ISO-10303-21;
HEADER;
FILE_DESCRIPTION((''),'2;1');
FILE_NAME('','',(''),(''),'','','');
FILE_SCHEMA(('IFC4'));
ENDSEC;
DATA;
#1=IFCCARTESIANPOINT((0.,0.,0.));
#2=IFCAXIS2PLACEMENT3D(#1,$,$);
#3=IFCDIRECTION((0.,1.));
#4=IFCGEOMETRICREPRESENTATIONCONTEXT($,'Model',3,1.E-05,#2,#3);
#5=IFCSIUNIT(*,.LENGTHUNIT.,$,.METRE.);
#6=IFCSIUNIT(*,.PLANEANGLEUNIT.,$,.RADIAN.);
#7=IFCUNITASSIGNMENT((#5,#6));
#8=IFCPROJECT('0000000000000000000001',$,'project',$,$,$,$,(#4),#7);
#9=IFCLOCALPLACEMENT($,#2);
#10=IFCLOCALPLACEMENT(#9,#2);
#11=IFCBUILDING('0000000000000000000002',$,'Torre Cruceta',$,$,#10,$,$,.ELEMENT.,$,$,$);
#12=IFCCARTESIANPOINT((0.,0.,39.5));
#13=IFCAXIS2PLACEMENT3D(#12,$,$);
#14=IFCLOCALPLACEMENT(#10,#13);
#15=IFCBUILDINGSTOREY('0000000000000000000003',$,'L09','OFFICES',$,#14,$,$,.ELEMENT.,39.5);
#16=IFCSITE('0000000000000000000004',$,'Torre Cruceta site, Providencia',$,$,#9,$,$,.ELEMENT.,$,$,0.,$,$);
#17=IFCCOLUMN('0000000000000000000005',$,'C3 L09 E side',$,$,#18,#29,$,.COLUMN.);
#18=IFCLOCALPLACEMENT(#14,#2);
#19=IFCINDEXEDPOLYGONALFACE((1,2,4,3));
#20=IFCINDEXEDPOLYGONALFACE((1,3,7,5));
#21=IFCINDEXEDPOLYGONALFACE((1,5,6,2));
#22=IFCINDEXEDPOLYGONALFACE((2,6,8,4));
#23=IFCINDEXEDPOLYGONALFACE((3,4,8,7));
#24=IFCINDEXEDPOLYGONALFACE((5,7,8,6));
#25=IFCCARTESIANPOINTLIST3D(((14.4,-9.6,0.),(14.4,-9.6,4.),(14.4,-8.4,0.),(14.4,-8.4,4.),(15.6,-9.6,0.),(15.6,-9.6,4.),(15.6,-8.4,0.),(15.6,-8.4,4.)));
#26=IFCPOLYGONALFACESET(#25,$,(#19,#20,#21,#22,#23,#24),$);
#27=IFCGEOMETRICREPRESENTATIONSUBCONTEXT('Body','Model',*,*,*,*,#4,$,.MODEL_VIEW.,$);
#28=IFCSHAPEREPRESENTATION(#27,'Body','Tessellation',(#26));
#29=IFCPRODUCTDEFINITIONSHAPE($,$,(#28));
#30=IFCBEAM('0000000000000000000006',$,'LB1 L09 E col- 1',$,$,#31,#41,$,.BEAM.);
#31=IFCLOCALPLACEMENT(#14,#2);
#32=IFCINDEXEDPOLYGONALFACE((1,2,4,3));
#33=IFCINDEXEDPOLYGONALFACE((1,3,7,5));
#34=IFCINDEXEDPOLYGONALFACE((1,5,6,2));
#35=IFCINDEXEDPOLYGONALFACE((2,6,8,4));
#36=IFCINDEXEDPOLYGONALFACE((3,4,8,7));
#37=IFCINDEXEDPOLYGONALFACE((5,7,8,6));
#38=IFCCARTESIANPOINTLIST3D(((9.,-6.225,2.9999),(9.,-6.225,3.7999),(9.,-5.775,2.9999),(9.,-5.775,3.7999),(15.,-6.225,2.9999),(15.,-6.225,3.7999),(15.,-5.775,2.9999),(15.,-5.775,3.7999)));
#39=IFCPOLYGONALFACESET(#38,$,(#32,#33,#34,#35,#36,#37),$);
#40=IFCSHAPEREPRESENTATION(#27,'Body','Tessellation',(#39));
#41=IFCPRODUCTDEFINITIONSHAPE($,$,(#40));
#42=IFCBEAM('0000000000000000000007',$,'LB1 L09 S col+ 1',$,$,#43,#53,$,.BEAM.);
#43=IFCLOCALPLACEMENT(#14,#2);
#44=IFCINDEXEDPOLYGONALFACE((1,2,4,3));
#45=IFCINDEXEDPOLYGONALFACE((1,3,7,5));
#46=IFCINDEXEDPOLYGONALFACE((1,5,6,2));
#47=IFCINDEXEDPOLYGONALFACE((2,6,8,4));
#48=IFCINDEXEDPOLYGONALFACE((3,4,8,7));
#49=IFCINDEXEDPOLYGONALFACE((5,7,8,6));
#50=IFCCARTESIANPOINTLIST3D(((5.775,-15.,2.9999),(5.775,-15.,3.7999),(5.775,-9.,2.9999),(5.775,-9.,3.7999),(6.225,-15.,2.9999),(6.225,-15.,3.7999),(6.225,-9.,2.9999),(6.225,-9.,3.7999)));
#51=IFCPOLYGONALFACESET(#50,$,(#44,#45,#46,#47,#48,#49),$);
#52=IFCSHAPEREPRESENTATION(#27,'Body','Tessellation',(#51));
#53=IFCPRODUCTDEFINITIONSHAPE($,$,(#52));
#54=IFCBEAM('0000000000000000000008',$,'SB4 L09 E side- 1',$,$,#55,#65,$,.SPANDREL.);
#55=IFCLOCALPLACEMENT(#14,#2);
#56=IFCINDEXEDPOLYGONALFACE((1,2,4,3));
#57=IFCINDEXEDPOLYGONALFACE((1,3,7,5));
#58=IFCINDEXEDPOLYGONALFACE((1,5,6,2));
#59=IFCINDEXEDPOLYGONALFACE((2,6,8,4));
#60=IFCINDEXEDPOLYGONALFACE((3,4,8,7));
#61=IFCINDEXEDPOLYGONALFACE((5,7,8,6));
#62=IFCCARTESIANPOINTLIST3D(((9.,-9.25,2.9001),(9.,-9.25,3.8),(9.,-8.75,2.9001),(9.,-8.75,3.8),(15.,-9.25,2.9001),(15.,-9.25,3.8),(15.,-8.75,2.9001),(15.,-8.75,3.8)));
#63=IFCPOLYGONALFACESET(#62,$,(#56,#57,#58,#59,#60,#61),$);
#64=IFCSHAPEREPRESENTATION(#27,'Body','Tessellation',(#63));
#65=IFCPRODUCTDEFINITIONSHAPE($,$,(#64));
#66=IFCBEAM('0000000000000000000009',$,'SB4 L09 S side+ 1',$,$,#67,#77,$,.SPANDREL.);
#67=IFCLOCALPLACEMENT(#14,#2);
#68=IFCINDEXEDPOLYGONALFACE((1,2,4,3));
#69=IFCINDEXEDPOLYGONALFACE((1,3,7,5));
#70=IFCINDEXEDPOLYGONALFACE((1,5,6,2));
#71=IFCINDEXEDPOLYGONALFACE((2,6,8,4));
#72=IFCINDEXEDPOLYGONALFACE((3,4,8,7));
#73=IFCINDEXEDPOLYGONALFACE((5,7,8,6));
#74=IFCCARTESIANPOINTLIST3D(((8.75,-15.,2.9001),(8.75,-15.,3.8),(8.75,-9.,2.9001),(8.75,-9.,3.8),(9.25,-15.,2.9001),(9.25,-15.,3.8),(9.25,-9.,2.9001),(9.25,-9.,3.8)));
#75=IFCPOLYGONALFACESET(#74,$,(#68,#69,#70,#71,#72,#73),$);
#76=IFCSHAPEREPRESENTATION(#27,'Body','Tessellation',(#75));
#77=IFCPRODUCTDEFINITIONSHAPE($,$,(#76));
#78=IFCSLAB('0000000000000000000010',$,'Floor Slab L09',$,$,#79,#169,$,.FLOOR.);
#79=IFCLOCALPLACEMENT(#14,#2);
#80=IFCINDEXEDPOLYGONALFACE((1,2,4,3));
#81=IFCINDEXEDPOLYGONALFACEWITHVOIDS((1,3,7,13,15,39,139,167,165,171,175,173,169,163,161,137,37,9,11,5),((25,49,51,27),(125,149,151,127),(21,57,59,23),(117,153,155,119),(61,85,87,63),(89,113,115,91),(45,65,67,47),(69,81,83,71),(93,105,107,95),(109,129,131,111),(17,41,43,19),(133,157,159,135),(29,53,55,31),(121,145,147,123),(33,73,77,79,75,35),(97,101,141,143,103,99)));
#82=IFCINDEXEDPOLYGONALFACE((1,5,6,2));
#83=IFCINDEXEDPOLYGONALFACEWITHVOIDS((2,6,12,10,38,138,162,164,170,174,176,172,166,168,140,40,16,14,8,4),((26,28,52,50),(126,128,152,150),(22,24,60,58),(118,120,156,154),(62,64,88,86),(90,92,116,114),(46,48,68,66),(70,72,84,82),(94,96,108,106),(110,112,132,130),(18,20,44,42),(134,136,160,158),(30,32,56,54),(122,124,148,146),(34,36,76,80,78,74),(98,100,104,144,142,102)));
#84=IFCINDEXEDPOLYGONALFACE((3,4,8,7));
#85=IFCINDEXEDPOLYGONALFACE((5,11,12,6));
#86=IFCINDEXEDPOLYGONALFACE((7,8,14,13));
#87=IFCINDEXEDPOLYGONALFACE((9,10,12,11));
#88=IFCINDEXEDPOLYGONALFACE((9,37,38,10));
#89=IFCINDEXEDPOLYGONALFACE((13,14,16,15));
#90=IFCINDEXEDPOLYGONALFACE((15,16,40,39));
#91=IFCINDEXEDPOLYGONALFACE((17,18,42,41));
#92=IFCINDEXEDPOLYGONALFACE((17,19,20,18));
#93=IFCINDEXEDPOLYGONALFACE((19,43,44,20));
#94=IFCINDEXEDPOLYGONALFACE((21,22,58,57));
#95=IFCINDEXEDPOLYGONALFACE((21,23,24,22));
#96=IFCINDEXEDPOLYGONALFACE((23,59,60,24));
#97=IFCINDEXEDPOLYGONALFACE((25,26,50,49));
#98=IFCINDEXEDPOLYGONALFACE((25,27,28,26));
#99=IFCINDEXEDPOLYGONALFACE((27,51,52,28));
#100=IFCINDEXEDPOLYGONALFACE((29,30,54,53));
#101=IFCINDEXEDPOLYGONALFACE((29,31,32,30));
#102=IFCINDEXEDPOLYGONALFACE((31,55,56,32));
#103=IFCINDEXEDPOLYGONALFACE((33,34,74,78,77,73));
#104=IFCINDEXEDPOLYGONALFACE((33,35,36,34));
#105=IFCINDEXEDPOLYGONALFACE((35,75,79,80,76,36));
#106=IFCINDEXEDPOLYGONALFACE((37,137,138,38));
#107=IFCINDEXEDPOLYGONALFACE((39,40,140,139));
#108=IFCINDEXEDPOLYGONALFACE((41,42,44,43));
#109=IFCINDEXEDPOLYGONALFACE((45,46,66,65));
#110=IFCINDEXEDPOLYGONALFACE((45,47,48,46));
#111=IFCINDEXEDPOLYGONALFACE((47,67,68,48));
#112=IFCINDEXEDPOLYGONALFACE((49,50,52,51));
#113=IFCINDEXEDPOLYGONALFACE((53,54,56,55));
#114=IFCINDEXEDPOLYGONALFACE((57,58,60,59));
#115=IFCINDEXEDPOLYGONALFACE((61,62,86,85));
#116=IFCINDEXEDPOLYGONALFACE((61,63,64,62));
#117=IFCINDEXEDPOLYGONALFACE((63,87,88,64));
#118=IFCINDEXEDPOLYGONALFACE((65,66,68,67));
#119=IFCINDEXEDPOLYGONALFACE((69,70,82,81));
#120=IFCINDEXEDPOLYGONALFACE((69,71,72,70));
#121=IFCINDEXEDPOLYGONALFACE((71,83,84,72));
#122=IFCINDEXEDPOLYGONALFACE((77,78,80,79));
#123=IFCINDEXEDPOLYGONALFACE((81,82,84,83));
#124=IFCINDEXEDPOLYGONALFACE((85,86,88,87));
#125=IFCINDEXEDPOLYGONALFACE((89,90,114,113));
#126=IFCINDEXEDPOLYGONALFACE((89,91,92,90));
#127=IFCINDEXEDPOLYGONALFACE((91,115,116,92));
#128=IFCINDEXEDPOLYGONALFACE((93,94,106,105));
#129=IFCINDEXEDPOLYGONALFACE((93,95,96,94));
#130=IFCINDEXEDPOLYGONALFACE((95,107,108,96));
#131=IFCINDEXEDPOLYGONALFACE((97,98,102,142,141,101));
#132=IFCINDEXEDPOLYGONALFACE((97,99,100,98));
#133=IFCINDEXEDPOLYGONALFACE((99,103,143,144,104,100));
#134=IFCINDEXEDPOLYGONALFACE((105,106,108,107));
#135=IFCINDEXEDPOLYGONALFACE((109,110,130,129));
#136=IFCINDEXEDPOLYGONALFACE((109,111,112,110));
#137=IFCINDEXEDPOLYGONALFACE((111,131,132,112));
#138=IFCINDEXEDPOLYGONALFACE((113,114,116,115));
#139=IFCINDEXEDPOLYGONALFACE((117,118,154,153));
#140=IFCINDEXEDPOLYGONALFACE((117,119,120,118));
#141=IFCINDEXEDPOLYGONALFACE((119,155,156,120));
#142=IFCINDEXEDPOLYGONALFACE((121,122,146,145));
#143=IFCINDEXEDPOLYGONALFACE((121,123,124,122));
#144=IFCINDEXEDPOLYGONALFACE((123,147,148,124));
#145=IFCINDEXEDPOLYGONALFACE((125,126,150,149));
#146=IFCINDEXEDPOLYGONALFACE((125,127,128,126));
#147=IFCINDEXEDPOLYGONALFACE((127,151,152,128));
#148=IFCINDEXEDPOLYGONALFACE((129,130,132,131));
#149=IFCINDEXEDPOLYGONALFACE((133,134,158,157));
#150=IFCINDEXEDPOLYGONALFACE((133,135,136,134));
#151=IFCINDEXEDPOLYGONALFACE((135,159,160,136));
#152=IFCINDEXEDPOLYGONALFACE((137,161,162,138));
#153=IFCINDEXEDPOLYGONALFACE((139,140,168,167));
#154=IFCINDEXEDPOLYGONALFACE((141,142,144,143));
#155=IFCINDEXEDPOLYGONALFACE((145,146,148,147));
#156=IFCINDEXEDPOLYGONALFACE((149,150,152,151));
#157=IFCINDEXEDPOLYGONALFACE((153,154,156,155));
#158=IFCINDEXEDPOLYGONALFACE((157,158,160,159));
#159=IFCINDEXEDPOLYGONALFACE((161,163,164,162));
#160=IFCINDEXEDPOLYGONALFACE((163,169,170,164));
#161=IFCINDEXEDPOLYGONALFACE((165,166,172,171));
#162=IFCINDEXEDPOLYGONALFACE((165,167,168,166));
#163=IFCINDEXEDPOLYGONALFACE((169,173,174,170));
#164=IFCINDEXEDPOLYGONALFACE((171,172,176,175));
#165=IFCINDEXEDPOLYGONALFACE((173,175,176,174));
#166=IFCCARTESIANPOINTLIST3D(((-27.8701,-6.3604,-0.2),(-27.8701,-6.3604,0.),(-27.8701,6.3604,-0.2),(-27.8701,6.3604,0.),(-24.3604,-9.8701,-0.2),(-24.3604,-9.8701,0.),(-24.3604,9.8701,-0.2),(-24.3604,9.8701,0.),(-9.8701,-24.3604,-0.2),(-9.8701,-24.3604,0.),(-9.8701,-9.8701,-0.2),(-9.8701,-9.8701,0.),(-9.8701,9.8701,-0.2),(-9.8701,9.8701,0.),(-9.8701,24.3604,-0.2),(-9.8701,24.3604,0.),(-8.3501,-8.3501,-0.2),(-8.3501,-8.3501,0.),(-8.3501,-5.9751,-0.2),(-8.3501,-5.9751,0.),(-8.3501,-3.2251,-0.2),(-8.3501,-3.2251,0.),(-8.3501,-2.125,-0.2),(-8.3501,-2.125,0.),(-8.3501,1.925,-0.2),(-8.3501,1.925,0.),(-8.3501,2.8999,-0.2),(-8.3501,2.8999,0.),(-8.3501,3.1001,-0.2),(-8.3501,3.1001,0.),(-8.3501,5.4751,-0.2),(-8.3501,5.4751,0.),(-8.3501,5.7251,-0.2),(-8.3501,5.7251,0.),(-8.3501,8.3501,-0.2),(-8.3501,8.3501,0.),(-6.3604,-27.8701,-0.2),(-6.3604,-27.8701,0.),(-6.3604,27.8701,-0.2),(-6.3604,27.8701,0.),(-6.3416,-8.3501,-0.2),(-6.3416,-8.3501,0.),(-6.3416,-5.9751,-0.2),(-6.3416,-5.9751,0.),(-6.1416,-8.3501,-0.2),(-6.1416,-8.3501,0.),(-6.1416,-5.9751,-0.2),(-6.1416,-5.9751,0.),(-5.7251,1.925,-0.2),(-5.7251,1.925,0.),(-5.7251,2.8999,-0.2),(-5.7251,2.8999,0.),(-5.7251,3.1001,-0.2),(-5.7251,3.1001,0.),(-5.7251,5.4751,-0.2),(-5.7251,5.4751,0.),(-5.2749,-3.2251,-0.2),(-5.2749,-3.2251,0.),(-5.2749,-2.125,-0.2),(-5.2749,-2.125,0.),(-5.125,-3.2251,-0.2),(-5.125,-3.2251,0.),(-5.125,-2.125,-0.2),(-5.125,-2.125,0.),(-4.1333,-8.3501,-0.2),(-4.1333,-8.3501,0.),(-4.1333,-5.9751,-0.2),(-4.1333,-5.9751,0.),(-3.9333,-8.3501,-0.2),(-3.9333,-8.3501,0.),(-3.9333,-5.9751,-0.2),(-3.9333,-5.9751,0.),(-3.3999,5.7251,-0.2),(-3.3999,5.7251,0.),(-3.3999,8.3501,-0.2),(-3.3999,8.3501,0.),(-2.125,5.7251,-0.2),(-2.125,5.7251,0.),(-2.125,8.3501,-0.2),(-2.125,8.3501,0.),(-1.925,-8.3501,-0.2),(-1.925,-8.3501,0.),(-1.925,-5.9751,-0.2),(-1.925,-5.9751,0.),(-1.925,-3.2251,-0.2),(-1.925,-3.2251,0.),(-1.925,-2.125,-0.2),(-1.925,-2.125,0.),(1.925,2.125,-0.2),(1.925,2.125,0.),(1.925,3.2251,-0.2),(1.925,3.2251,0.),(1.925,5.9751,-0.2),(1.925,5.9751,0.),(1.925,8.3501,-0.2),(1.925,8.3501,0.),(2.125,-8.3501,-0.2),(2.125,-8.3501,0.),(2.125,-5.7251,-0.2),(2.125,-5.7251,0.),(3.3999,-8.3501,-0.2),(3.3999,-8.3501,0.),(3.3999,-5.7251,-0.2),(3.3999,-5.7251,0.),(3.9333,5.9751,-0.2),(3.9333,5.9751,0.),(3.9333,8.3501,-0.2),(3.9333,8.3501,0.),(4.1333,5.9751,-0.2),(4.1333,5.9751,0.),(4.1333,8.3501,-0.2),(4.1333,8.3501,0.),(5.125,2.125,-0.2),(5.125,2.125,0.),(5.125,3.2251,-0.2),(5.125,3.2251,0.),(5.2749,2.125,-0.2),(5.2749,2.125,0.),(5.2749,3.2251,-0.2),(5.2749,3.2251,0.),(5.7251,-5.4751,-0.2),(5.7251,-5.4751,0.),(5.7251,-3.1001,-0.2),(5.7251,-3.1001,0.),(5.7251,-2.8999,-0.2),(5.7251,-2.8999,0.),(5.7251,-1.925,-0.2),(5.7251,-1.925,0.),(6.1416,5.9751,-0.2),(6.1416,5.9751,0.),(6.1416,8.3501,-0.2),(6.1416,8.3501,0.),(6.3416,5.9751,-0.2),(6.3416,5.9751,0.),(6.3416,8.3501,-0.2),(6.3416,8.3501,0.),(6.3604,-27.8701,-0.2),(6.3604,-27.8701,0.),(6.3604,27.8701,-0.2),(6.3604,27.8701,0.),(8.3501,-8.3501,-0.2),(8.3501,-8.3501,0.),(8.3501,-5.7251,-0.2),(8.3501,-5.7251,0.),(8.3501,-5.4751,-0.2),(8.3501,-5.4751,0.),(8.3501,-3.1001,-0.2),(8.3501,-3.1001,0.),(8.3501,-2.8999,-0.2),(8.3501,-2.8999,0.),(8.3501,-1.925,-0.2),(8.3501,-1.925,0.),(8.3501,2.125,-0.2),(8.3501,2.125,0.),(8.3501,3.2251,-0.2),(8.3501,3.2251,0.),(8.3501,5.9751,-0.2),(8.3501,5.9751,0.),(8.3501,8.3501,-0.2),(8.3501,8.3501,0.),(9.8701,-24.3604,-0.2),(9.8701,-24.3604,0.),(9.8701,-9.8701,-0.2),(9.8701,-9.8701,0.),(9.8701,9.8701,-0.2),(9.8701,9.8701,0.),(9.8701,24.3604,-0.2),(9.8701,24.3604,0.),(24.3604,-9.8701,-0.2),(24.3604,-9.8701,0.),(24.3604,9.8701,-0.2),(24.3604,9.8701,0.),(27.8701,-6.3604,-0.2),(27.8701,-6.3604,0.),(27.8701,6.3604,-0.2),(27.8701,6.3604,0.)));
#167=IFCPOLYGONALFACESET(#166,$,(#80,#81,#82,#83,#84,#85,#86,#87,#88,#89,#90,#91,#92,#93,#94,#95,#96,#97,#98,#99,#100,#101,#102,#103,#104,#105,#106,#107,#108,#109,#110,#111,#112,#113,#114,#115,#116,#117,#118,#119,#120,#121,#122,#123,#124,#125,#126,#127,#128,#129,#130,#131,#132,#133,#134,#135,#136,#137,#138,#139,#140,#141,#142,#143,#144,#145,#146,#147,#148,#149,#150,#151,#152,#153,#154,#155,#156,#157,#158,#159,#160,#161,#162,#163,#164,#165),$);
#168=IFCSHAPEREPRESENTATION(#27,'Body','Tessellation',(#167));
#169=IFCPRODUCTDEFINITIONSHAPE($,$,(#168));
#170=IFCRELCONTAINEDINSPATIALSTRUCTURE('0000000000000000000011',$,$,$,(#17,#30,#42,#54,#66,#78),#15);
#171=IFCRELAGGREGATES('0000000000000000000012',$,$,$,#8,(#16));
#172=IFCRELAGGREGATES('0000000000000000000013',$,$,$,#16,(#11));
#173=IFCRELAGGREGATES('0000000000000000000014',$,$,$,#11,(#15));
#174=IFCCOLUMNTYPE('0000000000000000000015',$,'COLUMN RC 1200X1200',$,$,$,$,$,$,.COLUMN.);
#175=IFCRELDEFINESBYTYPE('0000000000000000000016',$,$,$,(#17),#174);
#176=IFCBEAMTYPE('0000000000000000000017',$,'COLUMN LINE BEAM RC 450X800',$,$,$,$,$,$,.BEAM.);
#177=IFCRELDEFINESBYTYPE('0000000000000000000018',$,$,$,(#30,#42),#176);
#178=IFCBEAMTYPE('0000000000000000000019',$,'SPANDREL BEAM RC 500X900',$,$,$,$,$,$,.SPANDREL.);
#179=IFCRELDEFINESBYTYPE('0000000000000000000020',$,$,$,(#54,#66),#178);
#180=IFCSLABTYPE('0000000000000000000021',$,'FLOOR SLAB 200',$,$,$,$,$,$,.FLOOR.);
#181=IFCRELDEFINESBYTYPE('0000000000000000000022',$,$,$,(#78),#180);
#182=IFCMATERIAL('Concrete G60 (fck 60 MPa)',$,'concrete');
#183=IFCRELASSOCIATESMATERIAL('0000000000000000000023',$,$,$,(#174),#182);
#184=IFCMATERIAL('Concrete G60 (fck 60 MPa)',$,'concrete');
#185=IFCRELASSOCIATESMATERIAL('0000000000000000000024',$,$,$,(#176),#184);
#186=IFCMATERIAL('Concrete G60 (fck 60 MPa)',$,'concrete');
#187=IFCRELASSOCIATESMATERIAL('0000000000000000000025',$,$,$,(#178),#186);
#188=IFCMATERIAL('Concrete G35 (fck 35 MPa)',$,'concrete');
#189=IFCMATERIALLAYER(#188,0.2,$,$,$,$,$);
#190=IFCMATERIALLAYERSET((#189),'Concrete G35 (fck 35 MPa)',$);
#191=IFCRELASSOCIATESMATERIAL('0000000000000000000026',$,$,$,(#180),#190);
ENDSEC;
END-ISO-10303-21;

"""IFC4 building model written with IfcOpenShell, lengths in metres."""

from ifc_helpers import new_model, si_unit, direction, frame, origin, origin_2d, place, context, subcontext, project, spatial, polyline, rectangle, outline, extrude, material, layer, layer_set, material_profile, profile_set, type_object, element, save


model = new_model("IFC4")

# Units and contexts
model_context = context("Model", 3, precision=1e-05, world=origin(), true_north=direction((0.0, 1.0)))
body_context = subcontext(model_context, "Body", "Model", "MODEL_VIEW")
ifc_project = project(units=[si_unit("LENGTHUNIT", "METRE"), si_unit("PLANEANGLEUNIT", "RADIAN")], contexts=[model_context])

# Site, building, storey
site_placement = place(None, origin())
site = spatial("IfcSite", under=ifc_project, at=site_placement, Name="Torre Cruceta site, Providencia", CompositionType="ELEMENT", RefElevation=0.0)
building_placement = place(site_placement, origin())
building = spatial("IfcBuilding", under=site, at=building_placement, Name="Torre Cruceta", CompositionType="ELEMENT")
storey_placement = place(building_placement, frame((0.0, 0.0, 39.5)))
storey = spatial("IfcBuildingStorey", under=building, at=storey_placement, Name="L09", Description="OFFICES", CompositionType="ELEMENT", Elevation=39.5)

# Column
ifc_material_1 = material(Name="Concrete G60 (fck 60 MPa)", Category="concrete")
ifc_material_profile_1 = material_profile(ifc_material_1, rectangle(XDim=1.2, YDim=1.2, at=origin_2d()), Name="RC 1200X1200")
ifc_profile_set_1 = profile_set([ifc_material_profile_1], Name="Concrete G60 (fck 60 MPa)")
column_type = type_object("IfcColumnType", Name="COLUMN RC 1200X1200", PredefinedType="COLUMN", material=ifc_profile_set_1)
column_placement = place(storey_placement, frame((15.0, -9.0, 0.0), z_axis=(0.0, 0.0, 1.0), x_axis=(1.0, 0.0, 0.0)))
element("IfcColumn", 1, at=column_placement, inside=storey, type_object=column_type, Name="C3 L09 E side", PredefinedType="COLUMN", context=body_context, shape_type="SweptSolid", body=[
    extrude(rectangle(XDim=1.2, YDim=1.2, at=origin_2d()), origin(), (0.0, 0.0, 1.0), 4.0),
])

# Beams
ifc_material_2 = material(Name="Concrete G60 (fck 60 MPa)", Category="concrete")
ifc_material_profile_2 = material_profile(ifc_material_2, rectangle(XDim=0.45, YDim=0.8, at=origin_2d()), Name="RC 450X800")
ifc_profile_set_2 = profile_set([ifc_material_profile_2], Name="Concrete G60 (fck 60 MPa)")
beam_type_1 = type_object("IfcBeamType", Name="COLUMN LINE BEAM RC 450X800", PredefinedType="BEAM", material=ifc_profile_set_2)
for number, where, z_axis, x_axis, name in (
    (2, (9.0, -6.0, 3.3999), (1.0, 0.0, 0.0), (0.0, 1.0, 0.0), "LB1 L09 E col- 1"),
    (3, (6.0, -9.0, 3.3999), (0.0, -1.0, 0.0), (1.0, 0.0, 0.0), "LB1 L09 S col+ 1"),
):
    element("IfcBeam", number, at=place(storey_placement, frame(where, z_axis=z_axis, x_axis=x_axis)), inside=storey, type_object=beam_type_1, Name=name, PredefinedType="BEAM", context=body_context, shape_type="SweptSolid", body=[
        extrude(rectangle(XDim=0.45, YDim=0.8, at=origin_2d()), origin(), (0.0, 0.0, 1.0), 6.0),
    ])
ifc_material_3 = material(Name="Concrete G60 (fck 60 MPa)", Category="concrete")
ifc_material_profile_3 = material_profile(ifc_material_3, rectangle(XDim=0.5, YDim=0.8999, at=origin_2d()), Name="RC 500X900")
ifc_profile_set_3 = profile_set([ifc_material_profile_3], Name="Concrete G60 (fck 60 MPa)")
beam_type_2 = type_object("IfcBeamType", Name="SPANDREL BEAM RC 500X900", PredefinedType="SPANDREL", material=ifc_profile_set_3)
for number, where, z_axis, x_axis, name in (
    (4, (9.0, -9.0, 3.3501), (1.0, 0.0, 0.0), (0.0, 1.0, 0.0), "SB4 L09 E side- 1"),
    (5, (9.0, -9.0, 3.3501), (0.0, -1.0, 0.0), (1.0, 0.0, 0.0), "SB4 L09 S side+ 1"),
):
    element("IfcBeam", number, at=place(storey_placement, frame(where, z_axis=z_axis, x_axis=x_axis)), inside=storey, type_object=beam_type_2, Name=name, PredefinedType="SPANDREL", context=body_context, shape_type="SweptSolid", body=[
        extrude(rectangle(XDim=0.5, YDim=0.8999, at=origin_2d()), origin(), (0.0, 0.0, 1.0), 6.0),
    ])

# Slab
ifc_material_4 = material(Name="Concrete G35 (fck 35 MPa)", Category="concrete")
ifc_layer_1 = layer(ifc_material_4, 0.2)
ifc_layer_set_1 = layer_set([ifc_layer_1], Name="Concrete G35 (fck 35 MPa)")
slab_type_1 = type_object("IfcSlabType", Name="FLOOR SLAB 200", PredefinedType="FLOOR", material=ifc_layer_set_1)
slab_1_placement = place(storey_placement, frame((0.0, 0.0, -0.2)))
element("IfcSlab", 6, at=slab_1_placement, inside=storey, type_object=slab_type_1, Name="Floor Slab L09", PredefinedType="FLOOR", context=body_context, shape_type="SweptSolid", body=[
    extrude(outline(polyline([(9.8701, -9.8701), (9.8701, -24.3604), (6.3604, -27.8701), (-6.3604, -27.8701), (-9.8701, -24.3604), (-9.8701, -9.8701), (-24.3604, -9.8701), (-27.8701, -6.3604), (-27.8701, 6.3604), (-24.3604, 9.8701), (-9.8701, 9.8701), (-9.8701, 24.3604), (-6.3604, 27.8701), (6.3604, 27.8701), (9.8701, 24.3604), (9.8701, 9.8701), (24.3604, 9.8701), (27.8701, 6.3604), (27.8701, -6.3604), (24.3604, -9.8701), (9.8701, -9.8701)]), holes=[polyline([(1.925, 5.9751), (3.9333, 5.9751), (3.9333, 8.3501), (1.925, 8.3501), (1.925, 5.9751)]), polyline([(4.1333, 5.9751), (6.1416, 5.9751), (6.1416, 8.3501), (4.1333, 8.3501), (4.1333, 5.9751)]), polyline([(6.3416, 5.9751), (8.3501, 5.9751), (8.3501, 8.3501), (6.3416, 8.3501), (6.3416, 5.9751)]), polyline([(1.925, 2.125), (5.125, 2.125), (5.125, 3.2251), (1.925, 3.2251), (1.925, 2.125)]), polyline([(5.2749, 2.125), (8.3501, 2.125), (8.3501, 3.2251), (5.2749, 3.2251), (5.2749, 2.125)]), polyline([(-8.3501, 3.1001), (-5.7251, 3.1001), (-5.7251, 5.4751), (-8.3501, 5.4751), (-8.3501, 3.1001)]), polyline([(-8.3501, 1.925), (-5.7251, 1.925), (-5.7251, 2.8999), (-8.3501, 2.8999), (-8.3501, 1.925)]), polyline([(-3.9333, -8.3501), (-1.925, -8.3501), (-1.925, -5.9751), (-3.9333, -5.9751), (-3.9333, -8.3501)]), polyline([(-6.1416, -8.3501), (-4.1333, -8.3501), (-4.1333, -5.9751), (-6.1416, -5.9751), (-6.1416, -8.3501)]), polyline([(-8.3501, -8.3501), (-6.3416, -8.3501), (-6.3416, -5.9751), (-8.3501, -5.9751), (-8.3501, -8.3501)]), polyline([(-5.125, -3.2251), (-1.925, -3.2251), (-1.925, -2.125), (-5.125, -2.125), (-5.125, -3.2251)]), polyline([(-8.3501, -3.2251), (-5.2749, -3.2251), (-5.2749, -2.125), (-8.3501, -2.125), (-8.3501, -3.2251)]), polyline([(5.7251, -5.4751), (8.3501, -5.4751), (8.3501, -3.1001), (5.7251, -3.1001), (5.7251, -5.4751)]), polyline([(5.7251, -2.8999), (8.3501, -2.8999), (8.3501, -1.925), (5.7251, -1.925), (5.7251, -2.8999)]), polyline([(-8.3501, 5.7251), (-8.3501, 8.3501), (-3.3999, 8.3501), (-2.125, 8.3501), (-2.125, 5.7251), (-3.3999, 5.7251), (-8.3501, 5.7251)]), polyline([(2.125, -5.7251), (3.3999, -5.7251), (8.3501, -5.7251), (8.3501, -8.3501), (3.3999, -8.3501), (2.125, -8.3501), (2.125, -5.7251)])]), origin(), (0.0, 0.0, 1.0), 0.2),
])

save(model, "model.ifc")
